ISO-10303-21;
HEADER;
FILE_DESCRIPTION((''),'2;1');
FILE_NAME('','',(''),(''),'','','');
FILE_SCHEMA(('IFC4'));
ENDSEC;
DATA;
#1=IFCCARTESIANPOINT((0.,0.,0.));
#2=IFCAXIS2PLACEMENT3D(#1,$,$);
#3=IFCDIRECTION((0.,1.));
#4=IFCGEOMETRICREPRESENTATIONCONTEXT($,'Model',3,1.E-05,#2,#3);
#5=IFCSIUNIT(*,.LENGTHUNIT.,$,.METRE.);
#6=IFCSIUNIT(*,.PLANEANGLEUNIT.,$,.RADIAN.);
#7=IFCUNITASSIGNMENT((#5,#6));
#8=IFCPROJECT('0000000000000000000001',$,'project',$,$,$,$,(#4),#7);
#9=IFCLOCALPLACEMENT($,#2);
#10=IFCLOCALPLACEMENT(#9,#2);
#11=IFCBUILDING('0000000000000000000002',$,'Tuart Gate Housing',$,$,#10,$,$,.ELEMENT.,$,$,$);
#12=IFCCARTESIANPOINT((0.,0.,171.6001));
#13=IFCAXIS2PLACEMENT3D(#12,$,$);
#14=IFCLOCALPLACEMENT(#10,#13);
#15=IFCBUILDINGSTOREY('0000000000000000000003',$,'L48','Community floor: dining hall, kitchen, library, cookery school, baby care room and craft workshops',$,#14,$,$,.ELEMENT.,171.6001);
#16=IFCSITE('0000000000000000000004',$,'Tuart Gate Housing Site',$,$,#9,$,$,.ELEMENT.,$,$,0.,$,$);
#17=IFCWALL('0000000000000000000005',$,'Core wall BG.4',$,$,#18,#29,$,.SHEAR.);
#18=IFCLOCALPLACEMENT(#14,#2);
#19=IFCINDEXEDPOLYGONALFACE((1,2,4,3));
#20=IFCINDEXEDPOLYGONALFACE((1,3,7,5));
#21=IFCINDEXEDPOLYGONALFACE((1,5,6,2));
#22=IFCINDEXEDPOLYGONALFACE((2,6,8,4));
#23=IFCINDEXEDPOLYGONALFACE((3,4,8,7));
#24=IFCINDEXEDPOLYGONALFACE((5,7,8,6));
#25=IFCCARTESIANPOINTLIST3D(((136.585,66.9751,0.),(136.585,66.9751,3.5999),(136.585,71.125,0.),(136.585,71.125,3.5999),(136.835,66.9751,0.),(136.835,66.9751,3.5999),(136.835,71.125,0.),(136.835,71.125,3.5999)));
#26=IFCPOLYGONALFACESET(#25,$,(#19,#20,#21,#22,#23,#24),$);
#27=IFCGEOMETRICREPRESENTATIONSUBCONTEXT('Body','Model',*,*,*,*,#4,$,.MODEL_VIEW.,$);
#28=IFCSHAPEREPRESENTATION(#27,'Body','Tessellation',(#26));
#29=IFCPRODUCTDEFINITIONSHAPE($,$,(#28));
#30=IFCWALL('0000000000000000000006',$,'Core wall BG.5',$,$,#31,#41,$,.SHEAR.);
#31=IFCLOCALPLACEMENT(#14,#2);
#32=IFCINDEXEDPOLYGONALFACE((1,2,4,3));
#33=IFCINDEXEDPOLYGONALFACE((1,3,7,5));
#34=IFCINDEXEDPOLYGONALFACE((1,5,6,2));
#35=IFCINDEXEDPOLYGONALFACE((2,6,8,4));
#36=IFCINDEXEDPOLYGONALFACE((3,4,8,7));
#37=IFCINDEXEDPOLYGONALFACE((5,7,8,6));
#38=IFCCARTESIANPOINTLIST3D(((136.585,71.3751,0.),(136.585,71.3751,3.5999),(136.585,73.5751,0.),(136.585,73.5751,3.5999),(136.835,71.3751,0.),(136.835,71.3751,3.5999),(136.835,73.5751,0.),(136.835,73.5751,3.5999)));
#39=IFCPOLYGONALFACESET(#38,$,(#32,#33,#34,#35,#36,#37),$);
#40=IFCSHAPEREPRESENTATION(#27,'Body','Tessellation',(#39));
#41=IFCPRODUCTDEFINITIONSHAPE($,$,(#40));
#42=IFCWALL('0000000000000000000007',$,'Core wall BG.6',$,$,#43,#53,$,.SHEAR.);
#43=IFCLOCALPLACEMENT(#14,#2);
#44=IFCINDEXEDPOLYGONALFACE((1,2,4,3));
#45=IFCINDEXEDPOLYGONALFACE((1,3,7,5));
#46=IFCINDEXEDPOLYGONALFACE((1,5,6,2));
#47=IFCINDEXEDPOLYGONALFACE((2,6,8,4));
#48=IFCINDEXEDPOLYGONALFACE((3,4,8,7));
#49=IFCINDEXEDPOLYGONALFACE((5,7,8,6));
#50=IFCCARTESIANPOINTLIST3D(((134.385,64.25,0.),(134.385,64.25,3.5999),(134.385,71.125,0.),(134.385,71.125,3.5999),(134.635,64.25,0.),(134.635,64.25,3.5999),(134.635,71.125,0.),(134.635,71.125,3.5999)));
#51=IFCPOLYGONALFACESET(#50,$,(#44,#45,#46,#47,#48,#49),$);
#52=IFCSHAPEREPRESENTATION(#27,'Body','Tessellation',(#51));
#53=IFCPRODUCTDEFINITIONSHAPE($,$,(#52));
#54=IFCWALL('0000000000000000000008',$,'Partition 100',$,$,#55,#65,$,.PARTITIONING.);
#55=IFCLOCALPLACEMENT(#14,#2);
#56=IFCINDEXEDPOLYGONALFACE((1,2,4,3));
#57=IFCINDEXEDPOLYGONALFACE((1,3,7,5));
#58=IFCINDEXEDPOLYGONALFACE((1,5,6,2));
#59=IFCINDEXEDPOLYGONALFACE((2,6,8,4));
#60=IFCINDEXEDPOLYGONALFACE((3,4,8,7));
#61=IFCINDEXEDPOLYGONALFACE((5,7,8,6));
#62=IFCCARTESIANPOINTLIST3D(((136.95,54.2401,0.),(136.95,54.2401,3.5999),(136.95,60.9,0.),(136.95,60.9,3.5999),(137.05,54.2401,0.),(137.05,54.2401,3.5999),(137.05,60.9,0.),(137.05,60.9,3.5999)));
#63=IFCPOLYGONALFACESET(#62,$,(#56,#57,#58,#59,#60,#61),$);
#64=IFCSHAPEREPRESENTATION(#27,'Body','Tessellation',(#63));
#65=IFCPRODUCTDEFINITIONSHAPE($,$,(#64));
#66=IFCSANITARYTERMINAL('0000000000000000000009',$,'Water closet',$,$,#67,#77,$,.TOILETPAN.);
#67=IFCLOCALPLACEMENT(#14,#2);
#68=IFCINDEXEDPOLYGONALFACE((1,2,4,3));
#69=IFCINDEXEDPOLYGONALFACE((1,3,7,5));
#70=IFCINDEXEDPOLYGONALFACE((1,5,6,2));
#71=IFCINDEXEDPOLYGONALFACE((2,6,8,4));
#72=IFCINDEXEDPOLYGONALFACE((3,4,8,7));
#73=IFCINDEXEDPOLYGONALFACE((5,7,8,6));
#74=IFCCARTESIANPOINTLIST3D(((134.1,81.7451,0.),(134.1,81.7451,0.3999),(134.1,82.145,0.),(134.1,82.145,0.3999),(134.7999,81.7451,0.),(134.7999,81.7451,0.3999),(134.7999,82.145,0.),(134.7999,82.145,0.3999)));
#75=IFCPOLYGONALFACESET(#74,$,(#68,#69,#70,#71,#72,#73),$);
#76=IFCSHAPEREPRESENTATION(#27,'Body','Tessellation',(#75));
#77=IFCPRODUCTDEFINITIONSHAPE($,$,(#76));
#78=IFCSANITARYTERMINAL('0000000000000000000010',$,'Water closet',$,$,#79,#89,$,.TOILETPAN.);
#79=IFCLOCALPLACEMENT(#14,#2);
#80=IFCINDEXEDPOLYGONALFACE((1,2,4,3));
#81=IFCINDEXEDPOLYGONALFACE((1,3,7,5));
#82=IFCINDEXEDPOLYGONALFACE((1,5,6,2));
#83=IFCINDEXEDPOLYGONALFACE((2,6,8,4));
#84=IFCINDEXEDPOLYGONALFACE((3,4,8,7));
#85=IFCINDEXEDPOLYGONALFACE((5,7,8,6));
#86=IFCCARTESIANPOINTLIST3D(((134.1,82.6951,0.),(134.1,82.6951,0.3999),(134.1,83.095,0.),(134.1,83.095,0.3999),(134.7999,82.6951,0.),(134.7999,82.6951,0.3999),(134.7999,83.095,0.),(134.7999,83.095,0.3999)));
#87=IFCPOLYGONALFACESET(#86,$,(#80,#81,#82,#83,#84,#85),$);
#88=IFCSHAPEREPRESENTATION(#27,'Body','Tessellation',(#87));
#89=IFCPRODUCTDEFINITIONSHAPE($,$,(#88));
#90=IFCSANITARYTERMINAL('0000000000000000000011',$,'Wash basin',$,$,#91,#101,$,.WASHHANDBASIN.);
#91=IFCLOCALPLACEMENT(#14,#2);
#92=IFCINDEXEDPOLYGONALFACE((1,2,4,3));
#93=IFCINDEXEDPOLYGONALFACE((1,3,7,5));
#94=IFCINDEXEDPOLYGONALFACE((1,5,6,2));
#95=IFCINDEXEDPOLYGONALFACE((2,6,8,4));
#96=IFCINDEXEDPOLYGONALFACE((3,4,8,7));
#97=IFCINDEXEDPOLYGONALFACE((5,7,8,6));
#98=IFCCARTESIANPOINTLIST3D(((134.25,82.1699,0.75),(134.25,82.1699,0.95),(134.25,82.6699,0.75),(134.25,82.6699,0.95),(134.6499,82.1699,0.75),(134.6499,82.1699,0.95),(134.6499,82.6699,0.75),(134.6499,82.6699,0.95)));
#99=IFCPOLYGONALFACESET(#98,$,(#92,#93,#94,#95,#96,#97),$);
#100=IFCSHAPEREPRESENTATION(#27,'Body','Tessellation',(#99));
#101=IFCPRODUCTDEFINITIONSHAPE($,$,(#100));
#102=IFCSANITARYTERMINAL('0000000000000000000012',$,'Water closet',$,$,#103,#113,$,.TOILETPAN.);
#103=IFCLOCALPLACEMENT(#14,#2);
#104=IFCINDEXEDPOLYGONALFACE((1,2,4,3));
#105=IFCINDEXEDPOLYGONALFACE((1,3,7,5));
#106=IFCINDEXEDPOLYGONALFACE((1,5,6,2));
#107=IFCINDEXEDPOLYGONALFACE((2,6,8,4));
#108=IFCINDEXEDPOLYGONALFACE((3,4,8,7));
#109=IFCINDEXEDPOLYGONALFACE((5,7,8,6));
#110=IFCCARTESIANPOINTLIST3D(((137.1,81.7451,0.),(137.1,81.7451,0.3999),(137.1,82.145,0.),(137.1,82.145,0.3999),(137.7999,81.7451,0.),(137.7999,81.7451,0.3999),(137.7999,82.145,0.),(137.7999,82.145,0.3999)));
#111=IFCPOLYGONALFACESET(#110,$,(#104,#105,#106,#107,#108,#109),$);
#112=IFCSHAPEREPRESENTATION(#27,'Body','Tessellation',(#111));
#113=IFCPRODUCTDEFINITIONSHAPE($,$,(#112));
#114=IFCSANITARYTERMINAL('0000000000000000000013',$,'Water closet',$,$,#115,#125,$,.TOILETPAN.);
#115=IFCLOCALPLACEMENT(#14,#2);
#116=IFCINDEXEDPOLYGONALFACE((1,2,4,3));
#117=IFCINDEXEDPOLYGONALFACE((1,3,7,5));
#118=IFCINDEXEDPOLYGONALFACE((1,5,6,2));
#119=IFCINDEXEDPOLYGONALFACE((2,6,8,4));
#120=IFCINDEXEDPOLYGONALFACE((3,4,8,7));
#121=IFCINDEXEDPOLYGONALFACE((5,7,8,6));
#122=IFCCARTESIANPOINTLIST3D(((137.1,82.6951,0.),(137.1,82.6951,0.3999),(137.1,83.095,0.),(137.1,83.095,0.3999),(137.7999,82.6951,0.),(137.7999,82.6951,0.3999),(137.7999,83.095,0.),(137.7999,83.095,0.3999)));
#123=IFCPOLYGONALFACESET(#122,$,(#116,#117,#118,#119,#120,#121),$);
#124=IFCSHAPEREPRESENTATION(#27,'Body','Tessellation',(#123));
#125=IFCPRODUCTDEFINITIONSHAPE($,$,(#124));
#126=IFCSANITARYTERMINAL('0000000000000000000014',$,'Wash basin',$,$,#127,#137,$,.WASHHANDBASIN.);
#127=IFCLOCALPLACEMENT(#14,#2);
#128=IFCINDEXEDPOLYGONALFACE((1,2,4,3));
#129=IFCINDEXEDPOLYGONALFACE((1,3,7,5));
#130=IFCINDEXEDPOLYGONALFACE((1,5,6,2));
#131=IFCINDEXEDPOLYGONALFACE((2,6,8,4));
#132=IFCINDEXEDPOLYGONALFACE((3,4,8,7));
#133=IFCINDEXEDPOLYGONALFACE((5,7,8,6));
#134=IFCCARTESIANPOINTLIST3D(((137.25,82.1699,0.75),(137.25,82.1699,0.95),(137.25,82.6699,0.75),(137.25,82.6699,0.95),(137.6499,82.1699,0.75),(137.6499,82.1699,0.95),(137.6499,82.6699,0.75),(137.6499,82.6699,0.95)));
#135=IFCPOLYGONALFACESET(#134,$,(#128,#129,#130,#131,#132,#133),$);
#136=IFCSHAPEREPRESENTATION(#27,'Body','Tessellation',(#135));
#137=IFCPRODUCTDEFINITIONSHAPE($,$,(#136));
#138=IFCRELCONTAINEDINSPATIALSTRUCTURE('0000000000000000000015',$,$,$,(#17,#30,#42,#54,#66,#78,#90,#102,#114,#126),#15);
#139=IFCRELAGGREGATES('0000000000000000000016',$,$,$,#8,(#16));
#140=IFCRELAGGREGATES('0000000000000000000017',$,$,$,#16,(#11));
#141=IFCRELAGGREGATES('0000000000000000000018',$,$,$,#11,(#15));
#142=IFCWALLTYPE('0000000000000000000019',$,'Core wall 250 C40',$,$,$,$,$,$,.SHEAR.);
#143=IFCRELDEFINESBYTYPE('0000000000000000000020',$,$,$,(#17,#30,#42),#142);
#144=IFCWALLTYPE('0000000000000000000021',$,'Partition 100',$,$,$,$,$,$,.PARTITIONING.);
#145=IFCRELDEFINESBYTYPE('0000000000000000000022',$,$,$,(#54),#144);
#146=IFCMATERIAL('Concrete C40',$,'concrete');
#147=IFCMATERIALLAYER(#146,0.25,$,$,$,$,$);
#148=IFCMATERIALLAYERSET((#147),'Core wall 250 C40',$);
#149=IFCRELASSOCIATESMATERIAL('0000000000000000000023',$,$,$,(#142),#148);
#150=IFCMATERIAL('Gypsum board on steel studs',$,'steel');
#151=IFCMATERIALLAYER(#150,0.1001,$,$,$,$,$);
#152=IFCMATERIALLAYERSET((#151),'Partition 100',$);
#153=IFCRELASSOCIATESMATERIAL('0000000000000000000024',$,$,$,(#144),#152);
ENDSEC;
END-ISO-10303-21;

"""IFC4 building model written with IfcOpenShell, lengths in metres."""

from ifc_helpers import new_model, si_unit, direction, frame, frame_2d, origin, origin_2d, place, context, subcontext, project, spatial, rectangle, extrude, material, layer, layer_set, type_object, element, save


model = new_model("IFC4")

# Units and contexts
model_context = context("Model", 3, precision=1e-05, world=origin(), true_north=direction((0.0, 1.0)))
body_context = subcontext(model_context, "Body", "Model", "MODEL_VIEW")
ifc_project = project(units=[si_unit("LENGTHUNIT", "METRE"), si_unit("PLANEANGLEUNIT", "RADIAN")], contexts=[model_context])

# Site, building, storey
site_placement = place(None, origin())
site = spatial("IfcSite", under=ifc_project, at=site_placement, Name="Tuart Gate Housing Site", CompositionType="ELEMENT", RefElevation=0.0)
building_placement = place(site_placement, origin())
building = spatial("IfcBuilding", under=site, at=building_placement, Name="Tuart Gate Housing", CompositionType="ELEMENT")
storey_placement = place(building_placement, frame((0.0, 0.0, 171.6001)))
storey = spatial("IfcBuildingStorey", under=building, at=storey_placement, Name="L48", Description="Community floor: dining hall, kitchen, library, cookery school, baby care room and craft workshops", CompositionType="ELEMENT", Elevation=171.6001)

# Walls
ifc_material_1 = material(Name="Concrete C40", Category="concrete")
ifc_layer_1 = layer(ifc_material_1, 0.25)
ifc_layer_set_1 = layer_set([ifc_layer_1], Name="Core wall 250 C40")
wall_type_1 = type_object("IfcWallType", Name="Core wall 250 C40", PredefinedType="SHEAR", material=ifc_layer_set_1)
wall_1_placement = place(storey_placement, frame((136.71, 66.9751, 0.0), z_axis=(0.0, 0.0, 1.0), x_axis=(0.0, 1.0, 0.0)))
element("IfcWall", 1, at=wall_1_placement, inside=storey, type_object=wall_type_1, Name="Core wall BG.4", PredefinedType="SHEAR", context=body_context, shape_type="SweptSolid", body=[
    extrude(rectangle(XDim=4.1499, YDim=0.25, at=frame_2d((2.075, 0.0))), origin(), (0.0, 0.0, 1.0), 3.5999),
])
wall_2_placement = place(storey_placement, frame((136.71, 71.375, 0.0), z_axis=(0.0, 0.0, 1.0), x_axis=(0.0, 1.0, 0.0)))
element("IfcWall", 2, at=wall_2_placement, inside=storey, type_object=wall_type_1, Name="Core wall BG.5", PredefinedType="SHEAR", context=body_context, shape_type="SweptSolid", body=[
    extrude(rectangle(XDim=2.2, YDim=0.25, at=frame_2d((1.1001, 0.0))), origin(), (0.0, 0.0, 1.0), 3.5999),
])
wall_3_placement = place(storey_placement, frame((134.51, 64.25, 0.0), z_axis=(0.0, 0.0, 1.0), x_axis=(0.0, 1.0, 0.0)))
element("IfcWall", 3, at=wall_3_placement, inside=storey, type_object=wall_type_1, Name="Core wall BG.6", PredefinedType="SHEAR", context=body_context, shape_type="SweptSolid", body=[
    extrude(rectangle(XDim=6.875, YDim=0.25, at=frame_2d((3.4375, 0.0))), origin(), (0.0, 0.0, 1.0), 3.5999),
])
ifc_material_2 = material(Name="Gypsum board on steel studs", Category="steel")
ifc_layer_2 = layer(ifc_material_2, 0.1001)
ifc_layer_set_2 = layer_set([ifc_layer_2], Name="Partition 100")
wall_type_2 = type_object("IfcWallType", Name="Partition 100", PredefinedType="PARTITIONING", material=ifc_layer_set_2)
wall_4_placement = place(storey_placement, frame((137.0, 54.24, 0.0), z_axis=(0.0, 0.0, 1.0), x_axis=(0.0, 1.0, 0.0)))
element("IfcWall", 4, at=wall_4_placement, inside=storey, type_object=wall_type_2, Name="Partition 100", PredefinedType="PARTITIONING", context=body_context, shape_type="SweptSolid", body=[
    extrude(rectangle(XDim=6.6599, YDim=0.1001, at=frame_2d((3.3301, 0.0))), origin(), (0.0, 0.0, 1.0), 3.5999),
])

# Sanitary terminals
for number, where, z_axis, x_axis, name in (
    (5, (134.45, 81.9451, 0.0), (0.0, 0.0, 1.0), (1.0, 0.0, 0.0), "Water closet"),
    (6, (134.45, 82.895, 0.0), (0.0, 0.0, 1.0), (1.0, 0.0, 0.0), "Water closet"),
):
    element("IfcSanitaryTerminal", number, at=place(storey_placement, frame(where, z_axis=z_axis, x_axis=x_axis)), inside=storey, Name=name, PredefinedType="TOILETPAN", context=body_context, shape_type="SweptSolid", body=[
        extrude(rectangle(XDim=0.7, YDim=0.3999, at=origin_2d()), origin(), (0.0, 0.0, 1.0), 0.3999),
    ])
sanitary_terminal_1_placement = place(storey_placement, frame((134.45, 82.4199, 0.75), z_axis=(0.0, 0.0, 1.0), x_axis=(1.0, 0.0, 0.0)))
element("IfcSanitaryTerminal", 7, at=sanitary_terminal_1_placement, inside=storey, Name="Wash basin", PredefinedType="WASHHANDBASIN", context=body_context, shape_type="SweptSolid", body=[
    extrude(rectangle(XDim=0.3999, YDim=0.5, at=origin_2d()), origin(), (0.0, 0.0, 1.0), 0.2),
])
for number, where, z_axis, x_axis, name in (
    (8, (137.45, 81.9451, 0.0), (0.0, 0.0, 1.0), (1.0, 0.0, 0.0), "Water closet"),
    (9, (137.45, 82.895, 0.0), (0.0, 0.0, 1.0), (1.0, 0.0, 0.0), "Water closet"),
):
    element("IfcSanitaryTerminal", number, at=place(storey_placement, frame(where, z_axis=z_axis, x_axis=x_axis)), inside=storey, Name=name, PredefinedType="TOILETPAN", context=body_context, shape_type="SweptSolid", body=[
        extrude(rectangle(XDim=0.7, YDim=0.3999, at=origin_2d()), origin(), (0.0, 0.0, 1.0), 0.3999),
    ])
sanitary_terminal_2_placement = place(storey_placement, frame((137.45, 82.4199, 0.75), z_axis=(0.0, 0.0, 1.0), x_axis=(1.0, 0.0, 0.0)))
element("IfcSanitaryTerminal", 10, at=sanitary_terminal_2_placement, inside=storey, Name="Wash basin", PredefinedType="WASHHANDBASIN", context=body_context, shape_type="SweptSolid", body=[
    extrude(rectangle(XDim=0.3999, YDim=0.5, at=origin_2d()), origin(), (0.0, 0.0, 1.0), 0.2),
])

save(model, "model.ifc")
